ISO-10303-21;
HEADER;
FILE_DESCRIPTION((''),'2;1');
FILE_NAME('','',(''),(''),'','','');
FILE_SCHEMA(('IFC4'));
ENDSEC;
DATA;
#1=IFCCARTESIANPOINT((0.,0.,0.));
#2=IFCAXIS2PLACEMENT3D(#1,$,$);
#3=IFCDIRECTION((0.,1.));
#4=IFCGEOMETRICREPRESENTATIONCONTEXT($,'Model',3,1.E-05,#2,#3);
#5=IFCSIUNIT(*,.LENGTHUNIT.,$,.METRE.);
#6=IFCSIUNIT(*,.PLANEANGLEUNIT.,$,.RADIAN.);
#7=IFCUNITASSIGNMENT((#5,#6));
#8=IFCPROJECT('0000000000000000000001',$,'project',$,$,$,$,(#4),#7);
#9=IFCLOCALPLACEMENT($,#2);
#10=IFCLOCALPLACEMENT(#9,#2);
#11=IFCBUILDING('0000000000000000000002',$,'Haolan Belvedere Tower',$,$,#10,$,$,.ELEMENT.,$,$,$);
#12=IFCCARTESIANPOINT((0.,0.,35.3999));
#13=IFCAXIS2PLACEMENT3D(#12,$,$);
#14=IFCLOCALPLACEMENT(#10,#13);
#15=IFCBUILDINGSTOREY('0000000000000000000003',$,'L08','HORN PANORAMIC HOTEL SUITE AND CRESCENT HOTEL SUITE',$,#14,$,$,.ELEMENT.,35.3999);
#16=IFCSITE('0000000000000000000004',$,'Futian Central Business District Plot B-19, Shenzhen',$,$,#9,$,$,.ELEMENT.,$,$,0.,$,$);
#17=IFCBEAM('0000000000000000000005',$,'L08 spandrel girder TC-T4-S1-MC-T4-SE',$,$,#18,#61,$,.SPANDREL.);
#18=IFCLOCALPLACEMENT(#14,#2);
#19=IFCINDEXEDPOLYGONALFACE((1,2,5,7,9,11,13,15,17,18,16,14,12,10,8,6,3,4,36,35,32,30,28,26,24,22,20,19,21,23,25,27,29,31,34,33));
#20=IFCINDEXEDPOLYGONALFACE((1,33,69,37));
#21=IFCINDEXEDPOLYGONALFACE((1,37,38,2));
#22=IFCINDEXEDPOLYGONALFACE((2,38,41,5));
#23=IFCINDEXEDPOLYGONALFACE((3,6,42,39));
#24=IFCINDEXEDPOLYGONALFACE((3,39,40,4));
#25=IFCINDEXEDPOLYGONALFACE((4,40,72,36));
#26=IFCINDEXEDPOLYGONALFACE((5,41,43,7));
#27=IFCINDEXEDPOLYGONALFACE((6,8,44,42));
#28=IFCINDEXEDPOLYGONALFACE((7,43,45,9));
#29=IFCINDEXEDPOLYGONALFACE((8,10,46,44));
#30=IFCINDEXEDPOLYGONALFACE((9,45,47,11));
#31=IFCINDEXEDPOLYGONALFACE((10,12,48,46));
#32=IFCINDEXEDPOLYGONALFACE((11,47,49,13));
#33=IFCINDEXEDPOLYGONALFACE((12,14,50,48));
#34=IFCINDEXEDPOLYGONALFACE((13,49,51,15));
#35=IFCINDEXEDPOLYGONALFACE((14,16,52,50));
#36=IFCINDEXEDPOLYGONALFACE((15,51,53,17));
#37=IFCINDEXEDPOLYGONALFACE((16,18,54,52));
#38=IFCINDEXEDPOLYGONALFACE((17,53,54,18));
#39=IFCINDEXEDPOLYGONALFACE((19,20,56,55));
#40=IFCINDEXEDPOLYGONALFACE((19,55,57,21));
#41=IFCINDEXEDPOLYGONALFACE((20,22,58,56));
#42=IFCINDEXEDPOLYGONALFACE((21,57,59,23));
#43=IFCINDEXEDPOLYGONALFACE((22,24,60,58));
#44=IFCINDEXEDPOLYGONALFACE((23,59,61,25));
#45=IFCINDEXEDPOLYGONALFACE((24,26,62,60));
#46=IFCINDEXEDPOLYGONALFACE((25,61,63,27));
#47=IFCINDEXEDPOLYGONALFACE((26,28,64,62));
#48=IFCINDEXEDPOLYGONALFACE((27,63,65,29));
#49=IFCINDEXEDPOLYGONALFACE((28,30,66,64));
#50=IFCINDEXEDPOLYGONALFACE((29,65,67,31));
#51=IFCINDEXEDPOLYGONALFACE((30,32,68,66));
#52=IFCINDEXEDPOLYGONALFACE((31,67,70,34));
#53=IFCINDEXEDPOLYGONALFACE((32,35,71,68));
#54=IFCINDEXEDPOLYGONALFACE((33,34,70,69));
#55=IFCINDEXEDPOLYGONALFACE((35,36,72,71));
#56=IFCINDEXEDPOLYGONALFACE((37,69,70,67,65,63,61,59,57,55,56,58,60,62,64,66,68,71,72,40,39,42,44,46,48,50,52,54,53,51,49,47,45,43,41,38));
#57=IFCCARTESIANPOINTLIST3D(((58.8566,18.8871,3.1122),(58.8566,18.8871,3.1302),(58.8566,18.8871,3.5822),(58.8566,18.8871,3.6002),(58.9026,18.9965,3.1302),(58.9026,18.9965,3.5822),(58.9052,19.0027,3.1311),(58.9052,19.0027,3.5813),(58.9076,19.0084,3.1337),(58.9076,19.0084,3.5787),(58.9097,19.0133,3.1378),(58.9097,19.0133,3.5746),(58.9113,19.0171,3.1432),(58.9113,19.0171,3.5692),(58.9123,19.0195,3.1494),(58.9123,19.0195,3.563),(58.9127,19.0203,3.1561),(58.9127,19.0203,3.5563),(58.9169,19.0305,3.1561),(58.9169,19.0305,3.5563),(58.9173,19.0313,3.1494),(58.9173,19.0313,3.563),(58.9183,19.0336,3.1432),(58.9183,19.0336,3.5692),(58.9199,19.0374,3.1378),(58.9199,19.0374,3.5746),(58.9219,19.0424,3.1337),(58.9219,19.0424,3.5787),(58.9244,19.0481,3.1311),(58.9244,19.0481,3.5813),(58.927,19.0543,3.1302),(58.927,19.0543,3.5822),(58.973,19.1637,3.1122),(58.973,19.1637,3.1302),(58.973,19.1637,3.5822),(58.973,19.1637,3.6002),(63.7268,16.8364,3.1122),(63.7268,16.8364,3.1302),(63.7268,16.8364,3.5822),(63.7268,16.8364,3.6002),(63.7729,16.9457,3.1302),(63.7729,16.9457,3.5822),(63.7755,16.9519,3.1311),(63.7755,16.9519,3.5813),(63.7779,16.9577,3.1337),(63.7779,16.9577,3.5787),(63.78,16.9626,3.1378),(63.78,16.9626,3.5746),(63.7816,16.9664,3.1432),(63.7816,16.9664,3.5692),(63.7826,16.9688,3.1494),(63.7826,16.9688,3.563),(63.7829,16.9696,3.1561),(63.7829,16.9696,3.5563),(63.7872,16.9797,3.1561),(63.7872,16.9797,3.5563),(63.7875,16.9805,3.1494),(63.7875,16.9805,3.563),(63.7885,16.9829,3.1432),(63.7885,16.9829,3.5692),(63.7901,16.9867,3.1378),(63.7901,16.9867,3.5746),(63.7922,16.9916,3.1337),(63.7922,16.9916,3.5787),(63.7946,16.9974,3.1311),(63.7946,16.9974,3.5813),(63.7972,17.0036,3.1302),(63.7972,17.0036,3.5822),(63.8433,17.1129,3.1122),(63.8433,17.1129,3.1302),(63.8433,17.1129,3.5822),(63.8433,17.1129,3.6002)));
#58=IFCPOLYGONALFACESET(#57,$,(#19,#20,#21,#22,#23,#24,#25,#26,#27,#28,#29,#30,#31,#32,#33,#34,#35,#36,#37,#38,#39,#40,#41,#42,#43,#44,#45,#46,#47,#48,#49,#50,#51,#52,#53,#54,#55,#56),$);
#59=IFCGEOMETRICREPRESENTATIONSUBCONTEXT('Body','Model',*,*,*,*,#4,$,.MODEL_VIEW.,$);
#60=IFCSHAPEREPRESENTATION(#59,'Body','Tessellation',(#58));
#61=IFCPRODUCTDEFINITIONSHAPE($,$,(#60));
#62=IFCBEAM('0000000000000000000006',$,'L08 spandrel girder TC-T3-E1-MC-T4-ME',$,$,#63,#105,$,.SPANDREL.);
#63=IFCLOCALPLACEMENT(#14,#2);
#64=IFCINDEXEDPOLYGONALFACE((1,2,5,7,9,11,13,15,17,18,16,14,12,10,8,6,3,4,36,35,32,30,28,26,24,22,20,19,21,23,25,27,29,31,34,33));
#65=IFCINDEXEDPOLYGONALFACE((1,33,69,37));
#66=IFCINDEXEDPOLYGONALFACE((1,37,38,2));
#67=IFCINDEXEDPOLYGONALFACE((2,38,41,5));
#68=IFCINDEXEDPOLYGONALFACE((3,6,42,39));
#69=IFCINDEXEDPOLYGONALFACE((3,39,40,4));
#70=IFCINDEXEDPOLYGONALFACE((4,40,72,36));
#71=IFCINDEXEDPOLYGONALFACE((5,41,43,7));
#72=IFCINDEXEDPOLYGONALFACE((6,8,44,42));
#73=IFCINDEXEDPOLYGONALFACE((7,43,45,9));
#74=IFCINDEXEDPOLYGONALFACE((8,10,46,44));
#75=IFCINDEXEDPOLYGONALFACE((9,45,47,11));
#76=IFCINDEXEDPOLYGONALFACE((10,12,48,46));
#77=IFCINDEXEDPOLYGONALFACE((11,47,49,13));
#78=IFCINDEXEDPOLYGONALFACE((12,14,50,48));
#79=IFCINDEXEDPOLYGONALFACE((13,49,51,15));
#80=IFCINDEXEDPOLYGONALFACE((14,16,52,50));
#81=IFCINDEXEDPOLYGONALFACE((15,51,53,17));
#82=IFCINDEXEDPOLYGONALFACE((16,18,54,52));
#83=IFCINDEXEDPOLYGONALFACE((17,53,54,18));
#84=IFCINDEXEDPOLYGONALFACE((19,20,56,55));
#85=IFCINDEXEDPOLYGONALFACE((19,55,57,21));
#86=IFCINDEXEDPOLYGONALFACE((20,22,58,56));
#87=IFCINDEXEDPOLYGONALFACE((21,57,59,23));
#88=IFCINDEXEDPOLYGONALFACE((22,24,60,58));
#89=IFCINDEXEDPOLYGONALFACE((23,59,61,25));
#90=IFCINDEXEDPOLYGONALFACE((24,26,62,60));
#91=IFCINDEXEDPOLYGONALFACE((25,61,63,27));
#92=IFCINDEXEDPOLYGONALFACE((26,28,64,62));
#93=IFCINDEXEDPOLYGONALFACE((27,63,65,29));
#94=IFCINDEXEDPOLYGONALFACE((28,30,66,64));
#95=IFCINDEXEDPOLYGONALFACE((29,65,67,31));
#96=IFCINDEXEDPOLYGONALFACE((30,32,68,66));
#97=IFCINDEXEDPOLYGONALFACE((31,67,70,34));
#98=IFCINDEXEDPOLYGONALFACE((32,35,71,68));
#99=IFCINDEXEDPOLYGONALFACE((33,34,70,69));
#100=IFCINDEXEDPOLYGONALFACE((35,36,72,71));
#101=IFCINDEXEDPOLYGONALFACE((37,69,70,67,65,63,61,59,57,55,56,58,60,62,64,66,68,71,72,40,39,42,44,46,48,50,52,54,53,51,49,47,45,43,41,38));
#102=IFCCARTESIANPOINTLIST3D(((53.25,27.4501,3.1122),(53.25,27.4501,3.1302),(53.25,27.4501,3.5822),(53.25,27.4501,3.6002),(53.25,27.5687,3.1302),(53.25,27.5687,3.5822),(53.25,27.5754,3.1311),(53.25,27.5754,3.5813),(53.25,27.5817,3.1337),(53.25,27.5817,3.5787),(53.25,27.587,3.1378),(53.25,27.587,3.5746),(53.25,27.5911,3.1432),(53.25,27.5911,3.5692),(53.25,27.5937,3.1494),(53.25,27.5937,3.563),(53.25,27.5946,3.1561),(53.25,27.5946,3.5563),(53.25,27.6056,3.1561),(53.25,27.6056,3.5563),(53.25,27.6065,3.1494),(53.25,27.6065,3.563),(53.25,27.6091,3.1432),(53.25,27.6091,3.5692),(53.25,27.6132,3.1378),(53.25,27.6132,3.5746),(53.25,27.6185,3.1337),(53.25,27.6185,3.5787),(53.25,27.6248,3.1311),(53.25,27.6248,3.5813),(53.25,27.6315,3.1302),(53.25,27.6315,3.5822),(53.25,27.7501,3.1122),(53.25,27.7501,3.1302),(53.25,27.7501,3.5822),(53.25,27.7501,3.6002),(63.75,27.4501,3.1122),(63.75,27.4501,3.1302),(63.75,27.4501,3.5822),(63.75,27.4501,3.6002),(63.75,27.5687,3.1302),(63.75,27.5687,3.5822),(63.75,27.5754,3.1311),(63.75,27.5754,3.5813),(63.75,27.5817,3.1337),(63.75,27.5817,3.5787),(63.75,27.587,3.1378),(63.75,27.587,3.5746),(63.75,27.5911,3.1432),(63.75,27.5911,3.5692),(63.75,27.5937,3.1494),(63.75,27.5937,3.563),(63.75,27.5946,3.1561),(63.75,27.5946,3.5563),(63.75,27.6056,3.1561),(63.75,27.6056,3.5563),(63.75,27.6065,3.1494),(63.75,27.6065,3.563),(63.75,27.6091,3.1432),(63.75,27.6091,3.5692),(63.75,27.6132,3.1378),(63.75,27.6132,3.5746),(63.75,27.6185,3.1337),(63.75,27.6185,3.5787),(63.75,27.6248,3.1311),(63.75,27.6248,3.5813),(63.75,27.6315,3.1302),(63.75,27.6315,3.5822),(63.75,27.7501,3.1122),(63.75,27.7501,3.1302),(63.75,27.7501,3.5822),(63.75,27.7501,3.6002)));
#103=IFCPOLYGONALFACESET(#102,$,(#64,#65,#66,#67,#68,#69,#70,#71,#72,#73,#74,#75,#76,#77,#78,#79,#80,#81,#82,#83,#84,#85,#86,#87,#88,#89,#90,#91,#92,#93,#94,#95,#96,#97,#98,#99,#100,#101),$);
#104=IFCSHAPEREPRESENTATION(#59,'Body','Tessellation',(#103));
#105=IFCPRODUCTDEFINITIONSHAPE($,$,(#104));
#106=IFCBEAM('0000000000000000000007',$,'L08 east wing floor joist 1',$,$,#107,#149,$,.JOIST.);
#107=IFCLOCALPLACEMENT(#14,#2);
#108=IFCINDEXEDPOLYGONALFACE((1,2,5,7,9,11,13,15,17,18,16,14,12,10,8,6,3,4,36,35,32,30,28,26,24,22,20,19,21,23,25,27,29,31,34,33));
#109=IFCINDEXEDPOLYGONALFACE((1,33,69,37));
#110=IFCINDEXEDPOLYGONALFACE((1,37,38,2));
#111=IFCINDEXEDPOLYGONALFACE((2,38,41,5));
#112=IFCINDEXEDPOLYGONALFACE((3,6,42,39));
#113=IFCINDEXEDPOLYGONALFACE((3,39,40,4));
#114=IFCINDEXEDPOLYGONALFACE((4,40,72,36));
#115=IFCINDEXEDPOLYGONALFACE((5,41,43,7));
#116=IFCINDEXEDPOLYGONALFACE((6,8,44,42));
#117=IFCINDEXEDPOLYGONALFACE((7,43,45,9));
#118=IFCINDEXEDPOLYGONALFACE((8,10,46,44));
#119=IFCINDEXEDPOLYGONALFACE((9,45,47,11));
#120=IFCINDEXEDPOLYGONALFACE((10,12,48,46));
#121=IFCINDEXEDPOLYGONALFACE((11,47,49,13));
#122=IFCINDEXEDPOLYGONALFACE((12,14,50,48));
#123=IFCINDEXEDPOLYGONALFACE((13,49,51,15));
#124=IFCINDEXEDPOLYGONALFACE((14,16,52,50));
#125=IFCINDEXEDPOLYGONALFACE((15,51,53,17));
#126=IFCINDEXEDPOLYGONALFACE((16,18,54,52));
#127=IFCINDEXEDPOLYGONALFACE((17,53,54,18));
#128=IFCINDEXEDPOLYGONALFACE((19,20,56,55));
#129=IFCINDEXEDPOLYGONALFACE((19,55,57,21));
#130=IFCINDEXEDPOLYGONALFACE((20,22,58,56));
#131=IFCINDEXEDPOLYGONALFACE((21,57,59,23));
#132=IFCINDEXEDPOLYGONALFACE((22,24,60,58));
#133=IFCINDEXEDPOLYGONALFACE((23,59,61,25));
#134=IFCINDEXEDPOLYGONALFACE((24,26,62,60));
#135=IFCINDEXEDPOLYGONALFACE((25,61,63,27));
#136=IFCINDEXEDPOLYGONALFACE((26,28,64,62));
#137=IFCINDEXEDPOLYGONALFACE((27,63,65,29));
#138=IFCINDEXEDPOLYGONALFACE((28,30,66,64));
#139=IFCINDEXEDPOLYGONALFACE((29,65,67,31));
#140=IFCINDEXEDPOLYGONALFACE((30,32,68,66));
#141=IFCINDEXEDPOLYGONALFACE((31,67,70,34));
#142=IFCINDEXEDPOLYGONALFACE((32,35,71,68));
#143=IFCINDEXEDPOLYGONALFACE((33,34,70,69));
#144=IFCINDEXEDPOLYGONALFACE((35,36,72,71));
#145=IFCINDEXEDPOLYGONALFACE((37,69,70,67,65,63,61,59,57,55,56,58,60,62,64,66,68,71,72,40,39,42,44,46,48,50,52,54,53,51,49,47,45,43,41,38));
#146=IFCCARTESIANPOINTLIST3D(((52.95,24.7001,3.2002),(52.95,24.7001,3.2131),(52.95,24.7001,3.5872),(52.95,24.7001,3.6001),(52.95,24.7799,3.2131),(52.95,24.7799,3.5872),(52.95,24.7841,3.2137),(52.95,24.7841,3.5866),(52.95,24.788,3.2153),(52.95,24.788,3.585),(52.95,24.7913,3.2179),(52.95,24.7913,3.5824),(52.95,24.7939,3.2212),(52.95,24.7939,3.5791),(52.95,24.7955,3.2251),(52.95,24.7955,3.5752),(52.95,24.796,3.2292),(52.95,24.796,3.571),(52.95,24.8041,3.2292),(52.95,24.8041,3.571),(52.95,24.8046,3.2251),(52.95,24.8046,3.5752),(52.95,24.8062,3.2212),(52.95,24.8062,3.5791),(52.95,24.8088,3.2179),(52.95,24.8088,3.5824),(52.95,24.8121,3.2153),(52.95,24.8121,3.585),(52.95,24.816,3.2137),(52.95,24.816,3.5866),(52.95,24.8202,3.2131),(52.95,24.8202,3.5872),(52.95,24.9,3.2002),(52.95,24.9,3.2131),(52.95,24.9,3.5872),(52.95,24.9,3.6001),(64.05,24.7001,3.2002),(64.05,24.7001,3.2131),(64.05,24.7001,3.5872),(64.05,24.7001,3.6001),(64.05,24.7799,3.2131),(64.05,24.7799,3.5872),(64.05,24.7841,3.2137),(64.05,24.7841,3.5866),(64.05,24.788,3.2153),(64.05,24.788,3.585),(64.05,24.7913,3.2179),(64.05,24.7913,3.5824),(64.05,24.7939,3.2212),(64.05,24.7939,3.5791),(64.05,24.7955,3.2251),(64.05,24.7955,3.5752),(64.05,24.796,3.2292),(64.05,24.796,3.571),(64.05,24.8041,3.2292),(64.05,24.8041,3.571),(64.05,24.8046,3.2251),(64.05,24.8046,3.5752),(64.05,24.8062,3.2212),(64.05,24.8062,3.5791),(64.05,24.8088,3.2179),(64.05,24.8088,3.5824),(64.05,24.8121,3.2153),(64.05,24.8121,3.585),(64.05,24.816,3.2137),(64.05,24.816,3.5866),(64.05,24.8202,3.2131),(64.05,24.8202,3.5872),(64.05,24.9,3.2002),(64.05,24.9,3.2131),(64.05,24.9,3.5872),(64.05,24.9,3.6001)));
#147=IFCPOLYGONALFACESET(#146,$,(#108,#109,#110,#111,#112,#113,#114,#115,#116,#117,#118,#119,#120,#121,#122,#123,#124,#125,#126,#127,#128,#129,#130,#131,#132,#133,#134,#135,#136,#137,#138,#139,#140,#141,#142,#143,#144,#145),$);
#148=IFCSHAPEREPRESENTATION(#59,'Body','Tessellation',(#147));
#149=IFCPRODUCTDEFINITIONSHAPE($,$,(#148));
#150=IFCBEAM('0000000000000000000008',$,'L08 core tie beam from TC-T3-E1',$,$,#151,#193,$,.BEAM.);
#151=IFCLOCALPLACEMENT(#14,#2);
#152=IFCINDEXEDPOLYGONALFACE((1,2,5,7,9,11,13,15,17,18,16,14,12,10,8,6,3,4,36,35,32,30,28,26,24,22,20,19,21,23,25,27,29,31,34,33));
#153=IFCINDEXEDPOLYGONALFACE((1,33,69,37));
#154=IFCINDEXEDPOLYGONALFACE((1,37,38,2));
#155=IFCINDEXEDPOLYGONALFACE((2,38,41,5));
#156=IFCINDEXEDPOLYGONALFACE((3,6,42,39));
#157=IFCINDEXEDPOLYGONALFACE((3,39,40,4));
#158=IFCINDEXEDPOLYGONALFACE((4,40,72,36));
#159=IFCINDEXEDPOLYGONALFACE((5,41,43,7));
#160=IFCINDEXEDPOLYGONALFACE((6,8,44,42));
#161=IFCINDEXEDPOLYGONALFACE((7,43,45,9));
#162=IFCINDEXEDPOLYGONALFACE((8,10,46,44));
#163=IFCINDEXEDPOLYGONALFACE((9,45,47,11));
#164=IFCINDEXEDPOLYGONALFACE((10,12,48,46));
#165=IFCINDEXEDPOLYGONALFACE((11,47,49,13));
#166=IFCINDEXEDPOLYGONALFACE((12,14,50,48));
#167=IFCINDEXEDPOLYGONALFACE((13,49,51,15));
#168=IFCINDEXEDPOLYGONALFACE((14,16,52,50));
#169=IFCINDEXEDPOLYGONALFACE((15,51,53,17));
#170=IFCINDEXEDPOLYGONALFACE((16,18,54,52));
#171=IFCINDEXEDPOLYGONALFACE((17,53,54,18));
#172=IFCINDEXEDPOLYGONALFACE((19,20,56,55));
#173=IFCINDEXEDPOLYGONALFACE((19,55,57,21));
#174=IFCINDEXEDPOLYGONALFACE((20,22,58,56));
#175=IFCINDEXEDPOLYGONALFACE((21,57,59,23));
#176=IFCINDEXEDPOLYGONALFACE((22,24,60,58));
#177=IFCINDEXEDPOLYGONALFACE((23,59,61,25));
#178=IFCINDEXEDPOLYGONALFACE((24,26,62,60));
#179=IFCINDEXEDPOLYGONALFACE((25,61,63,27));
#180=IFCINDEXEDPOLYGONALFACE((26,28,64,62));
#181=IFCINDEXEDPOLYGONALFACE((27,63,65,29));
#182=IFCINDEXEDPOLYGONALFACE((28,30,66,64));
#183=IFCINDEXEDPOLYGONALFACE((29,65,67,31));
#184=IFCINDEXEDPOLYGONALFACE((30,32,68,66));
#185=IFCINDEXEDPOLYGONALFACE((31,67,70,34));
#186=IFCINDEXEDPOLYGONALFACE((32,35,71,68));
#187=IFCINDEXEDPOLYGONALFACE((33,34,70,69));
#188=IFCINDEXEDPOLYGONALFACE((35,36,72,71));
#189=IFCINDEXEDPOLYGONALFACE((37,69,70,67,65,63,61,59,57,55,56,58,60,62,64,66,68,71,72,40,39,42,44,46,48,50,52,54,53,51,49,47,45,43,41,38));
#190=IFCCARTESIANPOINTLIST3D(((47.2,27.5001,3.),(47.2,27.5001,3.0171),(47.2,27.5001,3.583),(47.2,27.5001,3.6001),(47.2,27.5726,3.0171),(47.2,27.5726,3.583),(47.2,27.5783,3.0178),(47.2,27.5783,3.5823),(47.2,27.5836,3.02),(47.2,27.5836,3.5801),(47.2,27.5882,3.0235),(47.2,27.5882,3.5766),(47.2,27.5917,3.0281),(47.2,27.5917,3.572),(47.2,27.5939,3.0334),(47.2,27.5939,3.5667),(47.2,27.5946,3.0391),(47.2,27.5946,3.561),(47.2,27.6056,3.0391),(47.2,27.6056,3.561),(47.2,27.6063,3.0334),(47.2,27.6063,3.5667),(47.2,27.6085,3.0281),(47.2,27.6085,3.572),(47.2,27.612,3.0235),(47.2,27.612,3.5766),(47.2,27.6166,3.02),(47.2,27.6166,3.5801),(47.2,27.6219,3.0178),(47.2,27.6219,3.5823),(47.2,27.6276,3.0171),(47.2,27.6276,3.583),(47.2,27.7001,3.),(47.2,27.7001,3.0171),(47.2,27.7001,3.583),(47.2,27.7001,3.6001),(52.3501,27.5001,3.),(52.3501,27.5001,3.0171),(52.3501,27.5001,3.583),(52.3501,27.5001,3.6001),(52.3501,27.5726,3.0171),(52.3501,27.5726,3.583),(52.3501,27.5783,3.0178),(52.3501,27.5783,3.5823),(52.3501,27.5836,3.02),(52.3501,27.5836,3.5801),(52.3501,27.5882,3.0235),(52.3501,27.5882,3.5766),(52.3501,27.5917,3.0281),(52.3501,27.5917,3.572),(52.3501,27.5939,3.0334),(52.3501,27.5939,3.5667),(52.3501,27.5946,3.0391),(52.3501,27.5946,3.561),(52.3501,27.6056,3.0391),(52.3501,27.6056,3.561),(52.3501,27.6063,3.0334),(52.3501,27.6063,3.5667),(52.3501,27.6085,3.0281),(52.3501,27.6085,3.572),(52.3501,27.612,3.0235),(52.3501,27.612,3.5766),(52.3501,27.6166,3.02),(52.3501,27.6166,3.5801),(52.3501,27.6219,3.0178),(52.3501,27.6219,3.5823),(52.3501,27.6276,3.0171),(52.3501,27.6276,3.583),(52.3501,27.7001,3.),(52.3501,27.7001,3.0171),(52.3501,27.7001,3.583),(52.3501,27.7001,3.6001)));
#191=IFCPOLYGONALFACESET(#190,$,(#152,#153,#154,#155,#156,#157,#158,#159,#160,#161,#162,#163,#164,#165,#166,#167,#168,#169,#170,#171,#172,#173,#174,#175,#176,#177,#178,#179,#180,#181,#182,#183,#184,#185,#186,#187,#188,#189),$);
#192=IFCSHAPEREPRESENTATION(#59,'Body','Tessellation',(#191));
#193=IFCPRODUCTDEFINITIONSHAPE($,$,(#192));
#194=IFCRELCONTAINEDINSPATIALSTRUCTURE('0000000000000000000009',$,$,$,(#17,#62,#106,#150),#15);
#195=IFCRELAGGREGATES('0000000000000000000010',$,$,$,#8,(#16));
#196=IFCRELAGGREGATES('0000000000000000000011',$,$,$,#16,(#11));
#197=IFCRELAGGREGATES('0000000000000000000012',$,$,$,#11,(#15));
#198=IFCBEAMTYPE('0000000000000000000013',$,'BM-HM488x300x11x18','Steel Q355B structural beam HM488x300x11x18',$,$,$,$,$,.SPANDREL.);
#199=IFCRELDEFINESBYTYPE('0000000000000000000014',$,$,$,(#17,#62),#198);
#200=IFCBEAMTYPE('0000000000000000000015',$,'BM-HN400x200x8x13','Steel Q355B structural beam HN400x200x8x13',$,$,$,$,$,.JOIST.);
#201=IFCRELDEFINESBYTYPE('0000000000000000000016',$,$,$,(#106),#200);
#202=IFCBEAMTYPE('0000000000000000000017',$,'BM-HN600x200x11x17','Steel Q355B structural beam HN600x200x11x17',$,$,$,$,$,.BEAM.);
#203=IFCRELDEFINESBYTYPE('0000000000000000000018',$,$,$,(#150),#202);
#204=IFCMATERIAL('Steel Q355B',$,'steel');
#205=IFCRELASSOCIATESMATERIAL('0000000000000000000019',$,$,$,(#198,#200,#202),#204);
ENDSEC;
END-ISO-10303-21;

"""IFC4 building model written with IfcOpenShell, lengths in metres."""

from ifc_helpers import new_model, si_unit, direction, frame, origin, origin_2d, place, context, subcontext, project, spatial, i_section, extrude, material, material_profile, profile_set, type_object, element, save


model = new_model("IFC4")

# Units and contexts
model_context = context("Model", 3, precision=1e-05, world=origin(), true_north=direction((0.0, 1.0)))
body_context = subcontext(model_context, "Body", "Model", "MODEL_VIEW")
ifc_project = project(units=[si_unit("LENGTHUNIT", "METRE"), si_unit("PLANEANGLEUNIT", "RADIAN")], contexts=[model_context])

# Site, building, storey
site_placement = place(None, origin())
site = spatial("IfcSite", under=ifc_project, at=site_placement, Name="Futian Central Business District Plot B-19, Shenzhen", CompositionType="ELEMENT", RefElevation=0.0)
building_placement = place(site_placement, origin())
building = spatial("IfcBuilding", under=site, at=building_placement, Name="Haolan Belvedere Tower", CompositionType="ELEMENT")
storey_placement = place(building_placement, frame((0.0, 0.0, 35.3999)))
storey = spatial("IfcBuildingStorey", under=building, at=storey_placement, Name="L08", Description="HORN PANORAMIC HOTEL SUITE AND CRESCENT HOTEL SUITE", CompositionType="ELEMENT", Elevation=35.3999)

# Shared definitions
ifc_material_1 = material(Name="Steel Q355B", Category="steel")

# Beams
ifc_material_profile_1 = material_profile(ifc_material_1, i_section(OverallWidth=0.3, OverallDepth=0.488, WebThickness=0.011, FlangeThickness=0.0181, FilletRadius=0.0259, at=origin_2d()), Name="Steel Q355B")
ifc_profile_set_1 = profile_set([ifc_material_profile_1], Name="Steel Q355B")
beam_type_1 = type_object("IfcBeamType", Name="BM-HM488x300x11x18", Description="Steel Q355B structural beam HM488x300x11x18", PredefinedType="SPANDREL", material=ifc_profile_set_1)
for number, where, z_axis, x_axis, name in (
    (1, (58.9148, 19.0254, 3.3562), (0.921628, -0.388074, 0.0), (0.388074, 0.921628, 0.0), "L08 spandrel girder TC-T4-S1-MC-T4-SE"),
):
    element("IfcBeam", number, at=place(storey_placement, frame(where, z_axis=z_axis, x_axis=x_axis)), inside=storey, type_object=beam_type_1, Name=name, PredefinedType="SPANDREL", context=body_context, shape_type="SweptSolid", body=[
        extrude(i_section(OverallWidth=0.3, OverallDepth=0.488, WebThickness=0.011, FlangeThickness=0.0181, FilletRadius=0.0259, at=origin_2d()), origin(), (0.0, 0.0, 1.0), 5.2844),
    ])
beam_1_placement = place(storey_placement, frame((53.25, 27.6001, 3.3562), z_axis=(1.0, 0.0, 0.0), x_axis=(0.0, 1.0, 0.0)))
element("IfcBeam", 2, at=beam_1_placement, inside=storey, type_object=beam_type_1, Name="L08 spandrel girder TC-T3-E1-MC-T4-ME", PredefinedType="SPANDREL", context=body_context, shape_type="SweptSolid", body=[
    extrude(i_section(OverallWidth=0.3, OverallDepth=0.488, WebThickness=0.011, FlangeThickness=0.0181, FilletRadius=0.0259, at=origin_2d()), origin(), (0.0, 0.0, 1.0), 10.5),
])
ifc_material_profile_2 = material_profile(ifc_material_1, i_section(OverallWidth=0.2, OverallDepth=0.3999, WebThickness=0.0081, FlangeThickness=0.0129, FilletRadius=0.0161, at=origin_2d()), Name="Steel Q355B")
ifc_profile_set_2 = profile_set([ifc_material_profile_2], Name="Steel Q355B")
beam_type_2 = type_object("IfcBeamType", Name="BM-HN400x200x8x13", Description="Steel Q355B structural beam HN400x200x8x13", PredefinedType="JOIST", material=ifc_profile_set_2)
beam_2_placement = place(storey_placement, frame((52.95, 24.8, 3.4001), z_axis=(1.0, 0.0, 0.0), x_axis=(0.0, 1.0, 0.0)))
element("IfcBeam", 3, at=beam_2_placement, inside=storey, type_object=beam_type_2, Name="L08 east wing floor joist 1", PredefinedType="JOIST", context=body_context, shape_type="SweptSolid", body=[
    extrude(i_section(OverallWidth=0.2, OverallDepth=0.3999, WebThickness=0.0081, FlangeThickness=0.0129, FilletRadius=0.0161, at=origin_2d()), origin(), (0.0, 0.0, 1.0), 11.1001),
])
ifc_material_profile_3 = material_profile(ifc_material_1, i_section(OverallWidth=0.2, OverallDepth=0.6001, WebThickness=0.011, FlangeThickness=0.0171, FilletRadius=0.022, at=origin_2d()), Name="Steel Q355B")
ifc_profile_set_3 = profile_set([ifc_material_profile_3], Name="Steel Q355B")
beam_type_3 = type_object("IfcBeamType", Name="BM-HN600x200x11x17", Description="Steel Q355B structural beam HN600x200x11x17", PredefinedType="BEAM", material=ifc_profile_set_3)
beam_3_placement = place(storey_placement, frame((52.3501, 27.6001, 3.3), z_axis=(-1.0, 0.0, 0.0), x_axis=(0.0, -1.0, 0.0)))
element("IfcBeam", 4, at=beam_3_placement, inside=storey, type_object=beam_type_3, Name="L08 core tie beam from TC-T3-E1", PredefinedType="BEAM", context=body_context, shape_type="SweptSolid", body=[
    extrude(i_section(OverallWidth=0.2, OverallDepth=0.6001, WebThickness=0.011, FlangeThickness=0.0171, FilletRadius=0.022, at=origin_2d()), origin(), (0.0, 0.0, 1.0), 5.1501),
])

save(model, "model.ifc")
